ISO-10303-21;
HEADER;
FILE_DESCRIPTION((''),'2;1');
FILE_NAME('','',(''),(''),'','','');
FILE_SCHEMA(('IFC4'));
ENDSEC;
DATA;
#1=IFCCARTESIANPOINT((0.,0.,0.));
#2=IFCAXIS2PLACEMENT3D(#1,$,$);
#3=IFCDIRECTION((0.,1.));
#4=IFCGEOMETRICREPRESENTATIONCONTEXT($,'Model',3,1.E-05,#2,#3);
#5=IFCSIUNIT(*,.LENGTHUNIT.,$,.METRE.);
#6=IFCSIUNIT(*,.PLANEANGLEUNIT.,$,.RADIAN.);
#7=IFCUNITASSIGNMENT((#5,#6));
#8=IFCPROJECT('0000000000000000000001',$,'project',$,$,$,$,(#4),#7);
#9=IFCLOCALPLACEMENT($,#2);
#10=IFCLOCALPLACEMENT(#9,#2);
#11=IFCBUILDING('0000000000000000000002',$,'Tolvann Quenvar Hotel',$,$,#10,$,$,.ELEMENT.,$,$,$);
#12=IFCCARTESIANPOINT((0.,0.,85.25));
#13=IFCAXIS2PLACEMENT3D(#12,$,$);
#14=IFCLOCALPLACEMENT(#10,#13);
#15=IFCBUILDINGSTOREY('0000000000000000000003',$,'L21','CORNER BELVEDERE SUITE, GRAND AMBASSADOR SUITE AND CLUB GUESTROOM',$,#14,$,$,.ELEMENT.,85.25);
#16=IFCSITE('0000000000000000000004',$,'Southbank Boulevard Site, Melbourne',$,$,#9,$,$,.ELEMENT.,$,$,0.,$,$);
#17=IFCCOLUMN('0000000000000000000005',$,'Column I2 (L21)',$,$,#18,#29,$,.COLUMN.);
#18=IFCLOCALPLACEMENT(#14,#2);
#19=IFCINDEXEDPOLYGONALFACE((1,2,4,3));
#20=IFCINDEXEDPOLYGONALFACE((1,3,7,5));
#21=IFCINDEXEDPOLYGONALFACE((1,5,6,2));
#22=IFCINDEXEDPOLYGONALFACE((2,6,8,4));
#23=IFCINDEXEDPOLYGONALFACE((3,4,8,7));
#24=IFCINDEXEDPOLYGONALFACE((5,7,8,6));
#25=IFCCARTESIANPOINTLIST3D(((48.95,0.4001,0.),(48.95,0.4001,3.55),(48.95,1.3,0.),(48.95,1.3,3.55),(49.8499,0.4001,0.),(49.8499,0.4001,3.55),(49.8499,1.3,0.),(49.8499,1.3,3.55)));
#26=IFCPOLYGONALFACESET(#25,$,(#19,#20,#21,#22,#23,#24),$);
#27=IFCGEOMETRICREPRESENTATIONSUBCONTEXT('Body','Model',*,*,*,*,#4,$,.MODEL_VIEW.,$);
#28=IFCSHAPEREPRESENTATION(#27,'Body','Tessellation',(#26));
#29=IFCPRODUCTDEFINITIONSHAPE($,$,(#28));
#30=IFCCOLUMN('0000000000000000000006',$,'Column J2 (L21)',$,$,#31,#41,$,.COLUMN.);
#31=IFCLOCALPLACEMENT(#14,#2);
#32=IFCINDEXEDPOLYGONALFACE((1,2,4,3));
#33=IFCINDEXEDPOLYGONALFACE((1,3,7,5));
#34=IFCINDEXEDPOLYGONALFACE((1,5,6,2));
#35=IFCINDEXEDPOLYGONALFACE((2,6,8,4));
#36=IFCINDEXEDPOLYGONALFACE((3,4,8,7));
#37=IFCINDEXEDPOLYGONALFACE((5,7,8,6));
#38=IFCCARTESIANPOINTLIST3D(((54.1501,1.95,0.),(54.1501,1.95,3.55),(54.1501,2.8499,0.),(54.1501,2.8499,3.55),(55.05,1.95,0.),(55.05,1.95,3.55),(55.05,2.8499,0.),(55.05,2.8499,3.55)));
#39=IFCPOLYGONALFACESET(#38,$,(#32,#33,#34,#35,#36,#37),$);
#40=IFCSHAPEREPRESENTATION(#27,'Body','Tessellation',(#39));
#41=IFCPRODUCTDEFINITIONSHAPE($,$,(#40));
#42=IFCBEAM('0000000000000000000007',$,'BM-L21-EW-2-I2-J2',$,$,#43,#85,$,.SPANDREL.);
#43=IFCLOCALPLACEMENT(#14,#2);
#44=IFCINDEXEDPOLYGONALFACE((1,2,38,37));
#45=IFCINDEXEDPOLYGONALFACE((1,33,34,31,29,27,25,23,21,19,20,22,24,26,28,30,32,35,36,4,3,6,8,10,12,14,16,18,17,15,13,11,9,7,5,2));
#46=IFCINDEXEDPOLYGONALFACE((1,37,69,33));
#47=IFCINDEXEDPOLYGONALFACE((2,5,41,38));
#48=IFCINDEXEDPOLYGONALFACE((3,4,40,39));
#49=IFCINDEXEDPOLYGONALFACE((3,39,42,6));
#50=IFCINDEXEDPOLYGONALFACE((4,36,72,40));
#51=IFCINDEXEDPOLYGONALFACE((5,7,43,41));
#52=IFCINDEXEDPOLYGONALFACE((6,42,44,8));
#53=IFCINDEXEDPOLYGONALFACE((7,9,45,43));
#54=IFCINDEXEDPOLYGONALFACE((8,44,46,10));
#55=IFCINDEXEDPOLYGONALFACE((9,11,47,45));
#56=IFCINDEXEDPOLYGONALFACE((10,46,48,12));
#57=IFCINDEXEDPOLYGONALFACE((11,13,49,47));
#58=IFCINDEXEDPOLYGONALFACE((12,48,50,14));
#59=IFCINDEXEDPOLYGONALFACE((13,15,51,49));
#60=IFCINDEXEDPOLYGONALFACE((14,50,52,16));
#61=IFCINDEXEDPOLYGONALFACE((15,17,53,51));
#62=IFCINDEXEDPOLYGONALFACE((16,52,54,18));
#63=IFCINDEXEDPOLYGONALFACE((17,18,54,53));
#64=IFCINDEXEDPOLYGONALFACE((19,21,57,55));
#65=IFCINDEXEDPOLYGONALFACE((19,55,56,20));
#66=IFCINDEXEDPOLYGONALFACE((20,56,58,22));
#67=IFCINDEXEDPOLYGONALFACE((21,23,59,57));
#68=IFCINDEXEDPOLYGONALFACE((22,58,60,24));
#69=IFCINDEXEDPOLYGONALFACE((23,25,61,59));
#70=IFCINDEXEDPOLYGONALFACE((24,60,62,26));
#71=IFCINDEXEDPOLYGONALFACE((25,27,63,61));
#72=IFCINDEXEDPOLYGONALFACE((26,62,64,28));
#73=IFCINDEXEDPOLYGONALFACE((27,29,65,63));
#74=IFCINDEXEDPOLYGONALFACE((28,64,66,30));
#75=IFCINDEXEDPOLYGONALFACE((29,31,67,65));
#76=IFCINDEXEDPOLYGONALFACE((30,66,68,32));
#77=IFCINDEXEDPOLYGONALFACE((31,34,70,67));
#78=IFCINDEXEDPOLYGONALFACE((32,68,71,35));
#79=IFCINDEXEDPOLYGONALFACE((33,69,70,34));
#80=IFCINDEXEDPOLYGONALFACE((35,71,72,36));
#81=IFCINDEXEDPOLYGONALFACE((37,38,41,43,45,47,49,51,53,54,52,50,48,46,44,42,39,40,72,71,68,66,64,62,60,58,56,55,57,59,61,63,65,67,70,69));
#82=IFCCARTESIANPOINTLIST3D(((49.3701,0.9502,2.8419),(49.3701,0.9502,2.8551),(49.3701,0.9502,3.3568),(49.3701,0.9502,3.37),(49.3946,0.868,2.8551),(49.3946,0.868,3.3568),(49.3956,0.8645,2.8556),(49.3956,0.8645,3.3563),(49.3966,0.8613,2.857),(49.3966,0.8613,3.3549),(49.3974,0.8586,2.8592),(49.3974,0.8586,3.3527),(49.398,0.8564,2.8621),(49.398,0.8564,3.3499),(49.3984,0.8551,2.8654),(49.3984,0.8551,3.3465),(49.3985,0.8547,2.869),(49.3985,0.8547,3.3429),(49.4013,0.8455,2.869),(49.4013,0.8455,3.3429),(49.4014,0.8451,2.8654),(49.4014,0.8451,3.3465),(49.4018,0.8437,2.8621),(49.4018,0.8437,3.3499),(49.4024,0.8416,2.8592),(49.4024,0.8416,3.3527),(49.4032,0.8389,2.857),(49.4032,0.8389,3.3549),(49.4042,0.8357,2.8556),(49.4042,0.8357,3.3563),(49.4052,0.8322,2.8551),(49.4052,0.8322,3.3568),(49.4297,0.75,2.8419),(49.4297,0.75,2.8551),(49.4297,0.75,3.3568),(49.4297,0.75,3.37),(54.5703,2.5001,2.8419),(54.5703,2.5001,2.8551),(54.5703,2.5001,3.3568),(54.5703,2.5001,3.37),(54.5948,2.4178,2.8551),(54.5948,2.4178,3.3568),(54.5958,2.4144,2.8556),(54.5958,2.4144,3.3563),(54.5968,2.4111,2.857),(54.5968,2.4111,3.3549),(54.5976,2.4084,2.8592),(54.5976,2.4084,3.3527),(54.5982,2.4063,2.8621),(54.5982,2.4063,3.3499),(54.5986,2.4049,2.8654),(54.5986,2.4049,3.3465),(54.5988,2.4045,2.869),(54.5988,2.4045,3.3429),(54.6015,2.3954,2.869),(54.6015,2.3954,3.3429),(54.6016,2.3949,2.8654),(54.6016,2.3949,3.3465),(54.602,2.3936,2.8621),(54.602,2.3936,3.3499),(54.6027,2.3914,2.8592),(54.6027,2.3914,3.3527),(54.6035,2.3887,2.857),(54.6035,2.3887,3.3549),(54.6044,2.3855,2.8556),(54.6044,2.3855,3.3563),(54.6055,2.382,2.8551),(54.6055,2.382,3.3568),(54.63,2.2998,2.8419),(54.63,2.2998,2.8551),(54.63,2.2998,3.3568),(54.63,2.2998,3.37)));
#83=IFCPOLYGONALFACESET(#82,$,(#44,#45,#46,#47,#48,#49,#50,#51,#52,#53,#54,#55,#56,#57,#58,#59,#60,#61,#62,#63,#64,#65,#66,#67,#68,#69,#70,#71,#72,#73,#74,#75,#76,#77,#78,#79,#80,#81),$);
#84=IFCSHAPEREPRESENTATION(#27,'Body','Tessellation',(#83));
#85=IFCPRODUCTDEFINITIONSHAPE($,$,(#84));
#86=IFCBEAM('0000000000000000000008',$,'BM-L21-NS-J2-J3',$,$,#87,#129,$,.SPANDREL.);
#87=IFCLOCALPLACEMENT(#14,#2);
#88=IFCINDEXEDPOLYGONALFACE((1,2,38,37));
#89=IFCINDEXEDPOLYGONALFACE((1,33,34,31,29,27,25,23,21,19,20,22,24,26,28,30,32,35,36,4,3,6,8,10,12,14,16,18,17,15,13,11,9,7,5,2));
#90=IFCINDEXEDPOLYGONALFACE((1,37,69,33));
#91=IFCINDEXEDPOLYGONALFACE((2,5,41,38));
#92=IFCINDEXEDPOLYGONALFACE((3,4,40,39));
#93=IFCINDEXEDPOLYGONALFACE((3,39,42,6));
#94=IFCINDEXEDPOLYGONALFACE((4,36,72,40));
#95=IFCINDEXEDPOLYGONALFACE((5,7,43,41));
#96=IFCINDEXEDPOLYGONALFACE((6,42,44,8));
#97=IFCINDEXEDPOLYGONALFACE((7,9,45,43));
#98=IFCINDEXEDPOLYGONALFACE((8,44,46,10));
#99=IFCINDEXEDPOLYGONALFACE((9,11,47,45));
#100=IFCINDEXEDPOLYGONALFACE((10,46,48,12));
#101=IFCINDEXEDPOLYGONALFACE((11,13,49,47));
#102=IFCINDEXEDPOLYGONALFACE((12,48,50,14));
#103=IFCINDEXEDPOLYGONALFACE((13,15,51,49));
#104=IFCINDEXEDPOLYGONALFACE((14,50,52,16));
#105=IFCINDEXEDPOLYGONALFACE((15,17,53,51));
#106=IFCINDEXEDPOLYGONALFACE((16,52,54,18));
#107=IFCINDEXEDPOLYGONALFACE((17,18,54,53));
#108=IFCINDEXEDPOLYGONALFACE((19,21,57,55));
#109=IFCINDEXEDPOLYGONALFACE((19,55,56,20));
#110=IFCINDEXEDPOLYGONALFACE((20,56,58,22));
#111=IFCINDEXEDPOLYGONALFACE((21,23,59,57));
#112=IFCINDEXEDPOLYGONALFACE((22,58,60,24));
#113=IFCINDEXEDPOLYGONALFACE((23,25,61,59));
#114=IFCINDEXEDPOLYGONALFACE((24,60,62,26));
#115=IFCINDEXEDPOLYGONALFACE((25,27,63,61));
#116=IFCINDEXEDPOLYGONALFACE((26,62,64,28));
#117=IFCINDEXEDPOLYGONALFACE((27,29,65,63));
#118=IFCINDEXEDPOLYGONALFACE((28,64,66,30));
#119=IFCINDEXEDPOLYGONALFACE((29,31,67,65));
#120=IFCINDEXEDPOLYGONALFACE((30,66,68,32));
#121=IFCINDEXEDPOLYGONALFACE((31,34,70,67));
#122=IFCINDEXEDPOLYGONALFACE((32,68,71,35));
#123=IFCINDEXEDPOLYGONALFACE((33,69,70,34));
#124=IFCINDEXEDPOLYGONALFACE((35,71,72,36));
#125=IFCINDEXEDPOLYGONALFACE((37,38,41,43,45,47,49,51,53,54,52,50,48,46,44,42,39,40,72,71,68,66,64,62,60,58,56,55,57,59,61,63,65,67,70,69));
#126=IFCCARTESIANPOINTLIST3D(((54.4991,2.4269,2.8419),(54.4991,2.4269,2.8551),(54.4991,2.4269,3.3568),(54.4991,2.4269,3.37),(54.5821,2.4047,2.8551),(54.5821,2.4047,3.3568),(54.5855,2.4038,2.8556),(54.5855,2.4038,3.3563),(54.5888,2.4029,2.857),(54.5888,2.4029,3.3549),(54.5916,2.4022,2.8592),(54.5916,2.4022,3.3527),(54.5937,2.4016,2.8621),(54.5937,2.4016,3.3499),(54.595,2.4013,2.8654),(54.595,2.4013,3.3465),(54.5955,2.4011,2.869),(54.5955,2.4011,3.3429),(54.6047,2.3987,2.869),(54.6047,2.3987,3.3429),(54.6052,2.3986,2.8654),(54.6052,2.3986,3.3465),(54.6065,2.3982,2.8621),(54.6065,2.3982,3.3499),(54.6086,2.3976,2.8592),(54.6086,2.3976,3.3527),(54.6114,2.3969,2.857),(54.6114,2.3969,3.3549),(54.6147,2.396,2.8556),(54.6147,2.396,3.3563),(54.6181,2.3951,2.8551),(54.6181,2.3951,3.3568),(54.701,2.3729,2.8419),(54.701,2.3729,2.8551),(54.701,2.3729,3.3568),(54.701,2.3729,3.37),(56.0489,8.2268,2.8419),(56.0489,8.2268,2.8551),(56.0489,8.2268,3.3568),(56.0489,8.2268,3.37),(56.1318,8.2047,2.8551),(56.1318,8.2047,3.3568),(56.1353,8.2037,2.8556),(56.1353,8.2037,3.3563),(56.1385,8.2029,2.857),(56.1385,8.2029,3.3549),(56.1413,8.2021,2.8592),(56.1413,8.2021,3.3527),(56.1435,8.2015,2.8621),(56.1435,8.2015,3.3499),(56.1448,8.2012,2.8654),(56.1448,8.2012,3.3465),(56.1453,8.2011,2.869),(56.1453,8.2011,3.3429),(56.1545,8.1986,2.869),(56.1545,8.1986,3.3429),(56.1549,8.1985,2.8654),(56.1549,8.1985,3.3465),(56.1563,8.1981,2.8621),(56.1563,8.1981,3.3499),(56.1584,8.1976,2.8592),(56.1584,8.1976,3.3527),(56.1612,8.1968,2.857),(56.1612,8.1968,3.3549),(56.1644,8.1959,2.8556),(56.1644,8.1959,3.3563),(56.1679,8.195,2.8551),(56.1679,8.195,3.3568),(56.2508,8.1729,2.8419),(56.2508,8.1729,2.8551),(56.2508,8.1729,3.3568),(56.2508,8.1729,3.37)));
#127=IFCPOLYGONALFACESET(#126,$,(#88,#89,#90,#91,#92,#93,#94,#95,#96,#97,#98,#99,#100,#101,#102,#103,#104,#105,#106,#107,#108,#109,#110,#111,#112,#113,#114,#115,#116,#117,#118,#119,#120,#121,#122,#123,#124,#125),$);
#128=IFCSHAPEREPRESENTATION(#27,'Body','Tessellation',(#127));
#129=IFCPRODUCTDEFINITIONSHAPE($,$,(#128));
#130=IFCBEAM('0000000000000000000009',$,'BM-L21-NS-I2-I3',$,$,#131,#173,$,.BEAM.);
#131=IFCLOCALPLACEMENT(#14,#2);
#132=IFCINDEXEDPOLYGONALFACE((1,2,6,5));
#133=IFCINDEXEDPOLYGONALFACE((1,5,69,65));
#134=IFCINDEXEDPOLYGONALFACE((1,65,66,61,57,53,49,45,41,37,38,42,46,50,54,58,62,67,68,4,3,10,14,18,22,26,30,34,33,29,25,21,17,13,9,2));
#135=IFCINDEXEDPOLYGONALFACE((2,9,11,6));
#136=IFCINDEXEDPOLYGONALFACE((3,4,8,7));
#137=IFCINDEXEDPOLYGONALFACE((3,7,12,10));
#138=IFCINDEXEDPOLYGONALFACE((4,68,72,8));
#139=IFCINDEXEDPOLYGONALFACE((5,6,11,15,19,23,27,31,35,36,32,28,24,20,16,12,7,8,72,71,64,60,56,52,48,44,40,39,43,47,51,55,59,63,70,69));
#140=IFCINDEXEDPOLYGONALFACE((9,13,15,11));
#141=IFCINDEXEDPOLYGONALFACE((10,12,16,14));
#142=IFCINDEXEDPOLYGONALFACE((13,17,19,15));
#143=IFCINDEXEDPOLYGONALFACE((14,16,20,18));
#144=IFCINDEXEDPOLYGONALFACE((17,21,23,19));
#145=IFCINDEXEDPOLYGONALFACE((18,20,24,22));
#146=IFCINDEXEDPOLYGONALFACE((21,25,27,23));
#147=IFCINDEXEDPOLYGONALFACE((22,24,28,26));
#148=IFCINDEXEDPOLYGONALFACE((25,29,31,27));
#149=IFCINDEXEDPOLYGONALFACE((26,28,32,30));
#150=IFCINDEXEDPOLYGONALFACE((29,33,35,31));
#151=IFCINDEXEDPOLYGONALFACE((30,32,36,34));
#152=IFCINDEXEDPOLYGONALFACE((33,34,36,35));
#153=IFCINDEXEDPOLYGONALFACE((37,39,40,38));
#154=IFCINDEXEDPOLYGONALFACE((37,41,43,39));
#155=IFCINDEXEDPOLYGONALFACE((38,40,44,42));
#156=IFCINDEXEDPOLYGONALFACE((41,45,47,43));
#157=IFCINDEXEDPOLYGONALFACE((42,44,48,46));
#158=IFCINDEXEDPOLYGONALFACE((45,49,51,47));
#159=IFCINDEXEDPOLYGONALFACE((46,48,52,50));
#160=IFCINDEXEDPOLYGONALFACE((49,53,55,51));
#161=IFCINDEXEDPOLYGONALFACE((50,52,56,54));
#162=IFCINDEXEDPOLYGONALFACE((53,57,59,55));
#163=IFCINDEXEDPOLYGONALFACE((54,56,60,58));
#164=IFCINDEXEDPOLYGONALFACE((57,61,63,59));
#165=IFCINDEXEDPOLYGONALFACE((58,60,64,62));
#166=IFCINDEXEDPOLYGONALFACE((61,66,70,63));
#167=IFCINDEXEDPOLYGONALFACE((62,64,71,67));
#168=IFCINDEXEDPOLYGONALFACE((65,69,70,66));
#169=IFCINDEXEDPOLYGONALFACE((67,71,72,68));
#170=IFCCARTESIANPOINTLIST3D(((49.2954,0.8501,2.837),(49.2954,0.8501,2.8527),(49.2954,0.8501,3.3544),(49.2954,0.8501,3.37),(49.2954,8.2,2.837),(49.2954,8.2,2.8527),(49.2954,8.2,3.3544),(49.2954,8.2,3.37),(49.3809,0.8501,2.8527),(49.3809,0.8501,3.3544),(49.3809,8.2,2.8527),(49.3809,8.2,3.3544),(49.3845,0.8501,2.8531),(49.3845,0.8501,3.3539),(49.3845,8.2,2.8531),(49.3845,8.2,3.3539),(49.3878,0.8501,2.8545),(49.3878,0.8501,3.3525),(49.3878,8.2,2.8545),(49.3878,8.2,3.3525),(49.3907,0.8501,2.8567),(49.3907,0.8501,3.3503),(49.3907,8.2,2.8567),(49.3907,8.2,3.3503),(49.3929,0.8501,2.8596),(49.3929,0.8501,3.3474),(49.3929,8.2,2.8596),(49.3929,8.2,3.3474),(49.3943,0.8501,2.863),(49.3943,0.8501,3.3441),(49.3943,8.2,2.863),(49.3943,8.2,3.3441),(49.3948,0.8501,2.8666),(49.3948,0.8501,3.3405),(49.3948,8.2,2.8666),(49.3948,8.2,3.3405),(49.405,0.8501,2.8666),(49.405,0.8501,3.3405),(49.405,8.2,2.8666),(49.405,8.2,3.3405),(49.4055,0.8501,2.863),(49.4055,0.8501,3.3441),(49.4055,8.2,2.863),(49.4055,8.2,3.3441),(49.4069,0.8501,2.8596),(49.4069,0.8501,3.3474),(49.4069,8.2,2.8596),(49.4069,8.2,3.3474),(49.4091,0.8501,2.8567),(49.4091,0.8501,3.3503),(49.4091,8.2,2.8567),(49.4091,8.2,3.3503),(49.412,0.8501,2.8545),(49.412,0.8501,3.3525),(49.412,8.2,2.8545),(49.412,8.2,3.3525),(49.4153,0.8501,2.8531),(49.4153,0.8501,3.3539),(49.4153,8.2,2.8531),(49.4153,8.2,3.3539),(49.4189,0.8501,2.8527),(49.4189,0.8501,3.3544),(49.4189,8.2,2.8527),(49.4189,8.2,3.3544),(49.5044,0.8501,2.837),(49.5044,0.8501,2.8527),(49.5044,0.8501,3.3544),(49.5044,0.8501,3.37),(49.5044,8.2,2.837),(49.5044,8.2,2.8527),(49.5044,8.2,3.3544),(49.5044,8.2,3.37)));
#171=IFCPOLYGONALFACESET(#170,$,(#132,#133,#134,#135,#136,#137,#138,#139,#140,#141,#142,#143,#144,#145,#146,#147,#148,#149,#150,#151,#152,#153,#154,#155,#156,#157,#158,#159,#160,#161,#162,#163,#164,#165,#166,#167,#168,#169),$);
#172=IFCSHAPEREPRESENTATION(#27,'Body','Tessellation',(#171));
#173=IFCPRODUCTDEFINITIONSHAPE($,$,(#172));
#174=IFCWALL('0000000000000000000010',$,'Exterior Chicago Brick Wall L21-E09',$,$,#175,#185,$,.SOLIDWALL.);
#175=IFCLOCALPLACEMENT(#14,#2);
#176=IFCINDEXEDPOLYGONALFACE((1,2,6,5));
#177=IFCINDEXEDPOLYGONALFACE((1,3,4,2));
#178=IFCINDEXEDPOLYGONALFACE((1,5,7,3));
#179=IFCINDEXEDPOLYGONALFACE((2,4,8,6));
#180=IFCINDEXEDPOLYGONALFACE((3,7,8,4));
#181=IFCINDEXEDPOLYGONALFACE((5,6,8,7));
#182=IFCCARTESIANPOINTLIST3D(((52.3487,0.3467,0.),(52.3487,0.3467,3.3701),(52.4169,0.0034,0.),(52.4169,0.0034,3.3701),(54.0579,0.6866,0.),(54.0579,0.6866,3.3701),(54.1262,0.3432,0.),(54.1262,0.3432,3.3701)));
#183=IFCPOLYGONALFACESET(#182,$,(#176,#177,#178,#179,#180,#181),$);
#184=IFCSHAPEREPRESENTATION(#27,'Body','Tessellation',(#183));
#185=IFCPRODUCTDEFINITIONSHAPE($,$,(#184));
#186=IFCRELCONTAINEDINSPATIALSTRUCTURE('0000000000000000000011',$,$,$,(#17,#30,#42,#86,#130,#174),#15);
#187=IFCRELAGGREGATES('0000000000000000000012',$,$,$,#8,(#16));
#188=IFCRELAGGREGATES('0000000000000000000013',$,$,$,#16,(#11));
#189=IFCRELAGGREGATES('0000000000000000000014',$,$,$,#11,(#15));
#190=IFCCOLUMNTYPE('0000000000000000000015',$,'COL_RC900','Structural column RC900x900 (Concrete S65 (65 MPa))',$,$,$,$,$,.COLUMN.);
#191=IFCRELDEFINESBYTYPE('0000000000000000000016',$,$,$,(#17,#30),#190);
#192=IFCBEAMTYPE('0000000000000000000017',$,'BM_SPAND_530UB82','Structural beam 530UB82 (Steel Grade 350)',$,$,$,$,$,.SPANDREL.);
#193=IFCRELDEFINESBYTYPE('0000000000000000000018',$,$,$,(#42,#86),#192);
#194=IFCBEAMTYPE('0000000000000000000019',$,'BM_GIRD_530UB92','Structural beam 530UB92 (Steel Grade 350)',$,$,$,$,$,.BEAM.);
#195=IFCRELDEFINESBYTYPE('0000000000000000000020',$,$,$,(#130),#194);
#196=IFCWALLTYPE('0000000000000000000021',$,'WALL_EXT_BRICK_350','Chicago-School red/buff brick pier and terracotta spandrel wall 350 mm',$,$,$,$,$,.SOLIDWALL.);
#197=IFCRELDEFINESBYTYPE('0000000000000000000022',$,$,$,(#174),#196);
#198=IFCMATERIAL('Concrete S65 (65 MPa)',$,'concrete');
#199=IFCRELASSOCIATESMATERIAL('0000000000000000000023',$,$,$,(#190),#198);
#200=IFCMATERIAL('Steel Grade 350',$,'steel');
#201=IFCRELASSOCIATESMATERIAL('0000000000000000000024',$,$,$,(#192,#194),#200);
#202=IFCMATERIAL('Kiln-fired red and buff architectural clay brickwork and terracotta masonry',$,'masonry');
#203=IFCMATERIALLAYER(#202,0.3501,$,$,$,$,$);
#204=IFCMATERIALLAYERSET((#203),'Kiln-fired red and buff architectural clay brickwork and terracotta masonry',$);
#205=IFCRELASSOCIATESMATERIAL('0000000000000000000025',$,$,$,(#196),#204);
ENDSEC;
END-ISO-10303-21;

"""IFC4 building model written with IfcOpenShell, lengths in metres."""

from ifc_helpers import new_model, si_unit, direction, frame, frame_2d, origin, origin_2d, place, context, subcontext, project, spatial, rectangle, i_section, extrude, source, transform, mapped, material, layer, layer_set, material_profile, profile_set, type_object, type_shapes, element, save


model = new_model("IFC4")

# Units and contexts
model_context = context("Model", 3, precision=1e-05, world=origin(), true_north=direction((0.0, 1.0)))
body_context = subcontext(model_context, "Body", "Model", "MODEL_VIEW")
ifc_project = project(units=[si_unit("LENGTHUNIT", "METRE"), si_unit("PLANEANGLEUNIT", "RADIAN")], contexts=[model_context])

# Site, building, storey
site_placement = place(None, origin())
site = spatial("IfcSite", under=ifc_project, at=site_placement, Name="Southbank Boulevard Site, Melbourne", CompositionType="ELEMENT", RefElevation=0.0)
building_placement = place(site_placement, origin())
building = spatial("IfcBuilding", under=site, at=building_placement, Name="Tolvann Quenvar Hotel", CompositionType="ELEMENT")
storey_placement = place(building_placement, frame((0.0, 0.0, 85.25)))
storey = spatial("IfcBuildingStorey", under=building, at=storey_placement, Name="L21", Description="CORNER BELVEDERE SUITE, GRAND AMBASSADOR SUITE AND CLUB GUESTROOM", CompositionType="ELEMENT", Elevation=85.25)

# Columns
ifc_material_1 = material(Name="Concrete S65 (65 MPa)", Category="concrete")
ifc_material_profile_1 = material_profile(ifc_material_1, rectangle(XDim=0.8999, YDim=0.8999, at=origin_2d()), Name="RC900x900")
ifc_profile_set_1 = profile_set([ifc_material_profile_1], Name="Concrete S65 (65 MPa)")
column_type = type_object("IfcColumnType", Name="COL_RC900", Description="Structural column RC900x900 (Concrete S65 (65 MPa))", PredefinedType="COLUMN", material=ifc_profile_set_1)
shared_shape_1 = source(origin(), body_context, "Body", "SweptSolid", [
    extrude(rectangle(XDim=0.8999, YDim=0.8999, at=origin_2d()), origin(), (0.0, 0.0, 1.0), 3.55),
])
type_shapes(column_type, [shared_shape_1])
for number, where, z_axis, x_axis, name in (
    (1, (49.3999, 0.8501, 0.0), (0.0, 0.0, 1.0), (1.0, 0.0, 0.0), "Column I2 (L21)"),
    (2, (54.6001, 2.3999, 0.0), (0.0, 0.0, 1.0), (1.0, 0.0, 0.0), "Column J2 (L21)"),
):
    element("IfcColumn", number, at=place(storey_placement, frame(where, z_axis=z_axis, x_axis=x_axis)), inside=storey, type_object=column_type, Name=name, PredefinedType="COLUMN", context=body_context, shape_type="MappedRepresentation", body=[
        mapped(shared_shape_1, transform((0.0, 0.0, 0.0), x_axis=(1.0, 0.0, 0.0), y_axis=(0.0, 1.0, 0.0), z_axis=(0.0, 0.0, 1.0), scale=1.0)),
    ])

# Beams
ifc_material_2 = material(Name="Steel Grade 350", Category="steel")
ifc_material_profile_2 = material_profile(ifc_material_2, i_section(OverallWidth=0.209, OverallDepth=0.5281, WebThickness=0.0095, FlangeThickness=0.0132, FilletRadius=0.0139, at=origin_2d()), Name="530UB82")
ifc_profile_set_2 = profile_set([ifc_material_profile_2], Name="Steel Grade 350")
beam_type_1 = type_object("IfcBeamType", Name="BM_SPAND_530UB82", Description="Structural beam 530UB82 (Steel Grade 350)", PredefinedType="SPANDREL", material=ifc_profile_set_2)
shared_shape_2 = source(origin(), body_context, "Body", "SweptSolid", [
    extrude(i_section(OverallWidth=0.209, OverallDepth=0.5281, WebThickness=0.0095, FlangeThickness=0.0132, FilletRadius=0.0139, at=origin_2d()), origin(), (0.0, 0.0, 1.0), 5.4263),
])
beam_1_placement = place(storey_placement, frame((49.3999, 0.8501, 3.106), z_axis=(0.958345, 0.285614, 0.0), x_axis=(-0.285614, 0.958345, 0.0)))
element("IfcBeam", 3, at=beam_1_placement, inside=storey, type_object=beam_type_1, Name="BM-L21-EW-2-I2-J2", PredefinedType="SPANDREL", context=body_context, shape_type="MappedRepresentation", body=[
    mapped(shared_shape_2, transform((0.0, 0.0, 0.0), x_axis=(1.0, 0.0, 0.0), y_axis=(0.0, 1.0, 0.0), z_axis=(0.0, 0.0, 1.0), scale=1.0)),
])
shared_shape_3 = source(origin(), body_context, "Body", "SweptSolid", [
    extrude(i_section(OverallWidth=0.209, OverallDepth=0.5281, WebThickness=0.0095, FlangeThickness=0.0132, FilletRadius=0.0139, at=origin_2d()), origin(), (0.0, 0.0, 1.0), 6.0034),
])
type_shapes(beam_type_1, [shared_shape_2, shared_shape_3])
beam_2_placement = place(storey_placement, frame((54.6001, 2.3999, 3.106), z_axis=(0.258149, 0.966105, 0.0), x_axis=(-0.966105, 0.258149, 0.0)))
element("IfcBeam", 4, at=beam_2_placement, inside=storey, type_object=beam_type_1, Name="BM-L21-NS-J2-J3", PredefinedType="SPANDREL", context=body_context, shape_type="MappedRepresentation", body=[
    mapped(shared_shape_3, transform((0.0, 0.0, 0.0), x_axis=(1.0, 0.0, 0.0), y_axis=(0.0, 1.0, 0.0), z_axis=(0.0, 0.0, 1.0), scale=1.0)),
])
ifc_material_profile_3 = material_profile(ifc_material_2, i_section(OverallWidth=0.209, OverallDepth=0.533, WebThickness=0.0103, FlangeThickness=0.0156, FilletRadius=0.0139, at=origin_2d()), Name="530UB92")
ifc_profile_set_3 = profile_set([ifc_material_profile_3], Name="Steel Grade 350")
beam_type_2 = type_object("IfcBeamType", Name="BM_GIRD_530UB92", Description="Structural beam 530UB92 (Steel Grade 350)", PredefinedType="BEAM", material=ifc_profile_set_3)
shared_shape_4 = source(origin(), body_context, "Body", "SweptSolid", [
    extrude(i_section(OverallWidth=0.209, OverallDepth=0.533, WebThickness=0.0103, FlangeThickness=0.0156, FilletRadius=0.0139, at=origin_2d()), origin(), (0.0, 0.0, 1.0), 7.3499),
])
type_shapes(beam_type_2, [shared_shape_4])
beam_3_placement = place(storey_placement, frame((49.3999, 0.8501, 3.1035), z_axis=(0.0, 1.0, 0.0), x_axis=(-1.0, 0.0, 0.0)))
element("IfcBeam", 5, at=beam_3_placement, inside=storey, type_object=beam_type_2, Name="BM-L21-NS-I2-I3", PredefinedType="BEAM", context=body_context, shape_type="MappedRepresentation", body=[
    mapped(shared_shape_4, transform((0.0, 0.0, 0.0), x_axis=(1.0, 0.0, 0.0), y_axis=(0.0, 1.0, 0.0), z_axis=(0.0, 0.0, 1.0), scale=1.0)),
])

# Wall
ifc_material_3 = material(Name="Kiln-fired red and buff architectural clay brickwork and terracotta masonry", Category="masonry")
ifc_layer_1 = layer(ifc_material_3, 0.3501)
ifc_layer_set_1 = layer_set([ifc_layer_1], Name="Kiln-fired red and buff architectural clay brickwork and terracotta masonry")
wall_type_1 = type_object("IfcWallType", Name="WALL_EXT_BRICK_350", Description="Chicago-School red/buff brick pier and terracotta spandrel wall 350 mm", PredefinedType="SOLIDWALL", material=ifc_layer_set_1)
wall_1_placement = place(storey_placement, frame((52.3828, 0.175, 0.0), z_axis=(0.0, 0.0, 1.0), x_axis=(0.980801, 0.195011, 0.0)))
element("IfcWall", 6, at=wall_1_placement, inside=storey, type_object=wall_type_1, Name="Exterior Chicago Brick Wall L21-E09", PredefinedType="SOLIDWALL", context=body_context, shape_type="SweptSolid", body=[
    extrude(rectangle(XDim=1.7427, YDim=0.3501, at=frame_2d((0.8713, 0.0))), origin(), (0.0, 0.0, 1.0), 3.3701),
])

save(model, "model.ifc")
